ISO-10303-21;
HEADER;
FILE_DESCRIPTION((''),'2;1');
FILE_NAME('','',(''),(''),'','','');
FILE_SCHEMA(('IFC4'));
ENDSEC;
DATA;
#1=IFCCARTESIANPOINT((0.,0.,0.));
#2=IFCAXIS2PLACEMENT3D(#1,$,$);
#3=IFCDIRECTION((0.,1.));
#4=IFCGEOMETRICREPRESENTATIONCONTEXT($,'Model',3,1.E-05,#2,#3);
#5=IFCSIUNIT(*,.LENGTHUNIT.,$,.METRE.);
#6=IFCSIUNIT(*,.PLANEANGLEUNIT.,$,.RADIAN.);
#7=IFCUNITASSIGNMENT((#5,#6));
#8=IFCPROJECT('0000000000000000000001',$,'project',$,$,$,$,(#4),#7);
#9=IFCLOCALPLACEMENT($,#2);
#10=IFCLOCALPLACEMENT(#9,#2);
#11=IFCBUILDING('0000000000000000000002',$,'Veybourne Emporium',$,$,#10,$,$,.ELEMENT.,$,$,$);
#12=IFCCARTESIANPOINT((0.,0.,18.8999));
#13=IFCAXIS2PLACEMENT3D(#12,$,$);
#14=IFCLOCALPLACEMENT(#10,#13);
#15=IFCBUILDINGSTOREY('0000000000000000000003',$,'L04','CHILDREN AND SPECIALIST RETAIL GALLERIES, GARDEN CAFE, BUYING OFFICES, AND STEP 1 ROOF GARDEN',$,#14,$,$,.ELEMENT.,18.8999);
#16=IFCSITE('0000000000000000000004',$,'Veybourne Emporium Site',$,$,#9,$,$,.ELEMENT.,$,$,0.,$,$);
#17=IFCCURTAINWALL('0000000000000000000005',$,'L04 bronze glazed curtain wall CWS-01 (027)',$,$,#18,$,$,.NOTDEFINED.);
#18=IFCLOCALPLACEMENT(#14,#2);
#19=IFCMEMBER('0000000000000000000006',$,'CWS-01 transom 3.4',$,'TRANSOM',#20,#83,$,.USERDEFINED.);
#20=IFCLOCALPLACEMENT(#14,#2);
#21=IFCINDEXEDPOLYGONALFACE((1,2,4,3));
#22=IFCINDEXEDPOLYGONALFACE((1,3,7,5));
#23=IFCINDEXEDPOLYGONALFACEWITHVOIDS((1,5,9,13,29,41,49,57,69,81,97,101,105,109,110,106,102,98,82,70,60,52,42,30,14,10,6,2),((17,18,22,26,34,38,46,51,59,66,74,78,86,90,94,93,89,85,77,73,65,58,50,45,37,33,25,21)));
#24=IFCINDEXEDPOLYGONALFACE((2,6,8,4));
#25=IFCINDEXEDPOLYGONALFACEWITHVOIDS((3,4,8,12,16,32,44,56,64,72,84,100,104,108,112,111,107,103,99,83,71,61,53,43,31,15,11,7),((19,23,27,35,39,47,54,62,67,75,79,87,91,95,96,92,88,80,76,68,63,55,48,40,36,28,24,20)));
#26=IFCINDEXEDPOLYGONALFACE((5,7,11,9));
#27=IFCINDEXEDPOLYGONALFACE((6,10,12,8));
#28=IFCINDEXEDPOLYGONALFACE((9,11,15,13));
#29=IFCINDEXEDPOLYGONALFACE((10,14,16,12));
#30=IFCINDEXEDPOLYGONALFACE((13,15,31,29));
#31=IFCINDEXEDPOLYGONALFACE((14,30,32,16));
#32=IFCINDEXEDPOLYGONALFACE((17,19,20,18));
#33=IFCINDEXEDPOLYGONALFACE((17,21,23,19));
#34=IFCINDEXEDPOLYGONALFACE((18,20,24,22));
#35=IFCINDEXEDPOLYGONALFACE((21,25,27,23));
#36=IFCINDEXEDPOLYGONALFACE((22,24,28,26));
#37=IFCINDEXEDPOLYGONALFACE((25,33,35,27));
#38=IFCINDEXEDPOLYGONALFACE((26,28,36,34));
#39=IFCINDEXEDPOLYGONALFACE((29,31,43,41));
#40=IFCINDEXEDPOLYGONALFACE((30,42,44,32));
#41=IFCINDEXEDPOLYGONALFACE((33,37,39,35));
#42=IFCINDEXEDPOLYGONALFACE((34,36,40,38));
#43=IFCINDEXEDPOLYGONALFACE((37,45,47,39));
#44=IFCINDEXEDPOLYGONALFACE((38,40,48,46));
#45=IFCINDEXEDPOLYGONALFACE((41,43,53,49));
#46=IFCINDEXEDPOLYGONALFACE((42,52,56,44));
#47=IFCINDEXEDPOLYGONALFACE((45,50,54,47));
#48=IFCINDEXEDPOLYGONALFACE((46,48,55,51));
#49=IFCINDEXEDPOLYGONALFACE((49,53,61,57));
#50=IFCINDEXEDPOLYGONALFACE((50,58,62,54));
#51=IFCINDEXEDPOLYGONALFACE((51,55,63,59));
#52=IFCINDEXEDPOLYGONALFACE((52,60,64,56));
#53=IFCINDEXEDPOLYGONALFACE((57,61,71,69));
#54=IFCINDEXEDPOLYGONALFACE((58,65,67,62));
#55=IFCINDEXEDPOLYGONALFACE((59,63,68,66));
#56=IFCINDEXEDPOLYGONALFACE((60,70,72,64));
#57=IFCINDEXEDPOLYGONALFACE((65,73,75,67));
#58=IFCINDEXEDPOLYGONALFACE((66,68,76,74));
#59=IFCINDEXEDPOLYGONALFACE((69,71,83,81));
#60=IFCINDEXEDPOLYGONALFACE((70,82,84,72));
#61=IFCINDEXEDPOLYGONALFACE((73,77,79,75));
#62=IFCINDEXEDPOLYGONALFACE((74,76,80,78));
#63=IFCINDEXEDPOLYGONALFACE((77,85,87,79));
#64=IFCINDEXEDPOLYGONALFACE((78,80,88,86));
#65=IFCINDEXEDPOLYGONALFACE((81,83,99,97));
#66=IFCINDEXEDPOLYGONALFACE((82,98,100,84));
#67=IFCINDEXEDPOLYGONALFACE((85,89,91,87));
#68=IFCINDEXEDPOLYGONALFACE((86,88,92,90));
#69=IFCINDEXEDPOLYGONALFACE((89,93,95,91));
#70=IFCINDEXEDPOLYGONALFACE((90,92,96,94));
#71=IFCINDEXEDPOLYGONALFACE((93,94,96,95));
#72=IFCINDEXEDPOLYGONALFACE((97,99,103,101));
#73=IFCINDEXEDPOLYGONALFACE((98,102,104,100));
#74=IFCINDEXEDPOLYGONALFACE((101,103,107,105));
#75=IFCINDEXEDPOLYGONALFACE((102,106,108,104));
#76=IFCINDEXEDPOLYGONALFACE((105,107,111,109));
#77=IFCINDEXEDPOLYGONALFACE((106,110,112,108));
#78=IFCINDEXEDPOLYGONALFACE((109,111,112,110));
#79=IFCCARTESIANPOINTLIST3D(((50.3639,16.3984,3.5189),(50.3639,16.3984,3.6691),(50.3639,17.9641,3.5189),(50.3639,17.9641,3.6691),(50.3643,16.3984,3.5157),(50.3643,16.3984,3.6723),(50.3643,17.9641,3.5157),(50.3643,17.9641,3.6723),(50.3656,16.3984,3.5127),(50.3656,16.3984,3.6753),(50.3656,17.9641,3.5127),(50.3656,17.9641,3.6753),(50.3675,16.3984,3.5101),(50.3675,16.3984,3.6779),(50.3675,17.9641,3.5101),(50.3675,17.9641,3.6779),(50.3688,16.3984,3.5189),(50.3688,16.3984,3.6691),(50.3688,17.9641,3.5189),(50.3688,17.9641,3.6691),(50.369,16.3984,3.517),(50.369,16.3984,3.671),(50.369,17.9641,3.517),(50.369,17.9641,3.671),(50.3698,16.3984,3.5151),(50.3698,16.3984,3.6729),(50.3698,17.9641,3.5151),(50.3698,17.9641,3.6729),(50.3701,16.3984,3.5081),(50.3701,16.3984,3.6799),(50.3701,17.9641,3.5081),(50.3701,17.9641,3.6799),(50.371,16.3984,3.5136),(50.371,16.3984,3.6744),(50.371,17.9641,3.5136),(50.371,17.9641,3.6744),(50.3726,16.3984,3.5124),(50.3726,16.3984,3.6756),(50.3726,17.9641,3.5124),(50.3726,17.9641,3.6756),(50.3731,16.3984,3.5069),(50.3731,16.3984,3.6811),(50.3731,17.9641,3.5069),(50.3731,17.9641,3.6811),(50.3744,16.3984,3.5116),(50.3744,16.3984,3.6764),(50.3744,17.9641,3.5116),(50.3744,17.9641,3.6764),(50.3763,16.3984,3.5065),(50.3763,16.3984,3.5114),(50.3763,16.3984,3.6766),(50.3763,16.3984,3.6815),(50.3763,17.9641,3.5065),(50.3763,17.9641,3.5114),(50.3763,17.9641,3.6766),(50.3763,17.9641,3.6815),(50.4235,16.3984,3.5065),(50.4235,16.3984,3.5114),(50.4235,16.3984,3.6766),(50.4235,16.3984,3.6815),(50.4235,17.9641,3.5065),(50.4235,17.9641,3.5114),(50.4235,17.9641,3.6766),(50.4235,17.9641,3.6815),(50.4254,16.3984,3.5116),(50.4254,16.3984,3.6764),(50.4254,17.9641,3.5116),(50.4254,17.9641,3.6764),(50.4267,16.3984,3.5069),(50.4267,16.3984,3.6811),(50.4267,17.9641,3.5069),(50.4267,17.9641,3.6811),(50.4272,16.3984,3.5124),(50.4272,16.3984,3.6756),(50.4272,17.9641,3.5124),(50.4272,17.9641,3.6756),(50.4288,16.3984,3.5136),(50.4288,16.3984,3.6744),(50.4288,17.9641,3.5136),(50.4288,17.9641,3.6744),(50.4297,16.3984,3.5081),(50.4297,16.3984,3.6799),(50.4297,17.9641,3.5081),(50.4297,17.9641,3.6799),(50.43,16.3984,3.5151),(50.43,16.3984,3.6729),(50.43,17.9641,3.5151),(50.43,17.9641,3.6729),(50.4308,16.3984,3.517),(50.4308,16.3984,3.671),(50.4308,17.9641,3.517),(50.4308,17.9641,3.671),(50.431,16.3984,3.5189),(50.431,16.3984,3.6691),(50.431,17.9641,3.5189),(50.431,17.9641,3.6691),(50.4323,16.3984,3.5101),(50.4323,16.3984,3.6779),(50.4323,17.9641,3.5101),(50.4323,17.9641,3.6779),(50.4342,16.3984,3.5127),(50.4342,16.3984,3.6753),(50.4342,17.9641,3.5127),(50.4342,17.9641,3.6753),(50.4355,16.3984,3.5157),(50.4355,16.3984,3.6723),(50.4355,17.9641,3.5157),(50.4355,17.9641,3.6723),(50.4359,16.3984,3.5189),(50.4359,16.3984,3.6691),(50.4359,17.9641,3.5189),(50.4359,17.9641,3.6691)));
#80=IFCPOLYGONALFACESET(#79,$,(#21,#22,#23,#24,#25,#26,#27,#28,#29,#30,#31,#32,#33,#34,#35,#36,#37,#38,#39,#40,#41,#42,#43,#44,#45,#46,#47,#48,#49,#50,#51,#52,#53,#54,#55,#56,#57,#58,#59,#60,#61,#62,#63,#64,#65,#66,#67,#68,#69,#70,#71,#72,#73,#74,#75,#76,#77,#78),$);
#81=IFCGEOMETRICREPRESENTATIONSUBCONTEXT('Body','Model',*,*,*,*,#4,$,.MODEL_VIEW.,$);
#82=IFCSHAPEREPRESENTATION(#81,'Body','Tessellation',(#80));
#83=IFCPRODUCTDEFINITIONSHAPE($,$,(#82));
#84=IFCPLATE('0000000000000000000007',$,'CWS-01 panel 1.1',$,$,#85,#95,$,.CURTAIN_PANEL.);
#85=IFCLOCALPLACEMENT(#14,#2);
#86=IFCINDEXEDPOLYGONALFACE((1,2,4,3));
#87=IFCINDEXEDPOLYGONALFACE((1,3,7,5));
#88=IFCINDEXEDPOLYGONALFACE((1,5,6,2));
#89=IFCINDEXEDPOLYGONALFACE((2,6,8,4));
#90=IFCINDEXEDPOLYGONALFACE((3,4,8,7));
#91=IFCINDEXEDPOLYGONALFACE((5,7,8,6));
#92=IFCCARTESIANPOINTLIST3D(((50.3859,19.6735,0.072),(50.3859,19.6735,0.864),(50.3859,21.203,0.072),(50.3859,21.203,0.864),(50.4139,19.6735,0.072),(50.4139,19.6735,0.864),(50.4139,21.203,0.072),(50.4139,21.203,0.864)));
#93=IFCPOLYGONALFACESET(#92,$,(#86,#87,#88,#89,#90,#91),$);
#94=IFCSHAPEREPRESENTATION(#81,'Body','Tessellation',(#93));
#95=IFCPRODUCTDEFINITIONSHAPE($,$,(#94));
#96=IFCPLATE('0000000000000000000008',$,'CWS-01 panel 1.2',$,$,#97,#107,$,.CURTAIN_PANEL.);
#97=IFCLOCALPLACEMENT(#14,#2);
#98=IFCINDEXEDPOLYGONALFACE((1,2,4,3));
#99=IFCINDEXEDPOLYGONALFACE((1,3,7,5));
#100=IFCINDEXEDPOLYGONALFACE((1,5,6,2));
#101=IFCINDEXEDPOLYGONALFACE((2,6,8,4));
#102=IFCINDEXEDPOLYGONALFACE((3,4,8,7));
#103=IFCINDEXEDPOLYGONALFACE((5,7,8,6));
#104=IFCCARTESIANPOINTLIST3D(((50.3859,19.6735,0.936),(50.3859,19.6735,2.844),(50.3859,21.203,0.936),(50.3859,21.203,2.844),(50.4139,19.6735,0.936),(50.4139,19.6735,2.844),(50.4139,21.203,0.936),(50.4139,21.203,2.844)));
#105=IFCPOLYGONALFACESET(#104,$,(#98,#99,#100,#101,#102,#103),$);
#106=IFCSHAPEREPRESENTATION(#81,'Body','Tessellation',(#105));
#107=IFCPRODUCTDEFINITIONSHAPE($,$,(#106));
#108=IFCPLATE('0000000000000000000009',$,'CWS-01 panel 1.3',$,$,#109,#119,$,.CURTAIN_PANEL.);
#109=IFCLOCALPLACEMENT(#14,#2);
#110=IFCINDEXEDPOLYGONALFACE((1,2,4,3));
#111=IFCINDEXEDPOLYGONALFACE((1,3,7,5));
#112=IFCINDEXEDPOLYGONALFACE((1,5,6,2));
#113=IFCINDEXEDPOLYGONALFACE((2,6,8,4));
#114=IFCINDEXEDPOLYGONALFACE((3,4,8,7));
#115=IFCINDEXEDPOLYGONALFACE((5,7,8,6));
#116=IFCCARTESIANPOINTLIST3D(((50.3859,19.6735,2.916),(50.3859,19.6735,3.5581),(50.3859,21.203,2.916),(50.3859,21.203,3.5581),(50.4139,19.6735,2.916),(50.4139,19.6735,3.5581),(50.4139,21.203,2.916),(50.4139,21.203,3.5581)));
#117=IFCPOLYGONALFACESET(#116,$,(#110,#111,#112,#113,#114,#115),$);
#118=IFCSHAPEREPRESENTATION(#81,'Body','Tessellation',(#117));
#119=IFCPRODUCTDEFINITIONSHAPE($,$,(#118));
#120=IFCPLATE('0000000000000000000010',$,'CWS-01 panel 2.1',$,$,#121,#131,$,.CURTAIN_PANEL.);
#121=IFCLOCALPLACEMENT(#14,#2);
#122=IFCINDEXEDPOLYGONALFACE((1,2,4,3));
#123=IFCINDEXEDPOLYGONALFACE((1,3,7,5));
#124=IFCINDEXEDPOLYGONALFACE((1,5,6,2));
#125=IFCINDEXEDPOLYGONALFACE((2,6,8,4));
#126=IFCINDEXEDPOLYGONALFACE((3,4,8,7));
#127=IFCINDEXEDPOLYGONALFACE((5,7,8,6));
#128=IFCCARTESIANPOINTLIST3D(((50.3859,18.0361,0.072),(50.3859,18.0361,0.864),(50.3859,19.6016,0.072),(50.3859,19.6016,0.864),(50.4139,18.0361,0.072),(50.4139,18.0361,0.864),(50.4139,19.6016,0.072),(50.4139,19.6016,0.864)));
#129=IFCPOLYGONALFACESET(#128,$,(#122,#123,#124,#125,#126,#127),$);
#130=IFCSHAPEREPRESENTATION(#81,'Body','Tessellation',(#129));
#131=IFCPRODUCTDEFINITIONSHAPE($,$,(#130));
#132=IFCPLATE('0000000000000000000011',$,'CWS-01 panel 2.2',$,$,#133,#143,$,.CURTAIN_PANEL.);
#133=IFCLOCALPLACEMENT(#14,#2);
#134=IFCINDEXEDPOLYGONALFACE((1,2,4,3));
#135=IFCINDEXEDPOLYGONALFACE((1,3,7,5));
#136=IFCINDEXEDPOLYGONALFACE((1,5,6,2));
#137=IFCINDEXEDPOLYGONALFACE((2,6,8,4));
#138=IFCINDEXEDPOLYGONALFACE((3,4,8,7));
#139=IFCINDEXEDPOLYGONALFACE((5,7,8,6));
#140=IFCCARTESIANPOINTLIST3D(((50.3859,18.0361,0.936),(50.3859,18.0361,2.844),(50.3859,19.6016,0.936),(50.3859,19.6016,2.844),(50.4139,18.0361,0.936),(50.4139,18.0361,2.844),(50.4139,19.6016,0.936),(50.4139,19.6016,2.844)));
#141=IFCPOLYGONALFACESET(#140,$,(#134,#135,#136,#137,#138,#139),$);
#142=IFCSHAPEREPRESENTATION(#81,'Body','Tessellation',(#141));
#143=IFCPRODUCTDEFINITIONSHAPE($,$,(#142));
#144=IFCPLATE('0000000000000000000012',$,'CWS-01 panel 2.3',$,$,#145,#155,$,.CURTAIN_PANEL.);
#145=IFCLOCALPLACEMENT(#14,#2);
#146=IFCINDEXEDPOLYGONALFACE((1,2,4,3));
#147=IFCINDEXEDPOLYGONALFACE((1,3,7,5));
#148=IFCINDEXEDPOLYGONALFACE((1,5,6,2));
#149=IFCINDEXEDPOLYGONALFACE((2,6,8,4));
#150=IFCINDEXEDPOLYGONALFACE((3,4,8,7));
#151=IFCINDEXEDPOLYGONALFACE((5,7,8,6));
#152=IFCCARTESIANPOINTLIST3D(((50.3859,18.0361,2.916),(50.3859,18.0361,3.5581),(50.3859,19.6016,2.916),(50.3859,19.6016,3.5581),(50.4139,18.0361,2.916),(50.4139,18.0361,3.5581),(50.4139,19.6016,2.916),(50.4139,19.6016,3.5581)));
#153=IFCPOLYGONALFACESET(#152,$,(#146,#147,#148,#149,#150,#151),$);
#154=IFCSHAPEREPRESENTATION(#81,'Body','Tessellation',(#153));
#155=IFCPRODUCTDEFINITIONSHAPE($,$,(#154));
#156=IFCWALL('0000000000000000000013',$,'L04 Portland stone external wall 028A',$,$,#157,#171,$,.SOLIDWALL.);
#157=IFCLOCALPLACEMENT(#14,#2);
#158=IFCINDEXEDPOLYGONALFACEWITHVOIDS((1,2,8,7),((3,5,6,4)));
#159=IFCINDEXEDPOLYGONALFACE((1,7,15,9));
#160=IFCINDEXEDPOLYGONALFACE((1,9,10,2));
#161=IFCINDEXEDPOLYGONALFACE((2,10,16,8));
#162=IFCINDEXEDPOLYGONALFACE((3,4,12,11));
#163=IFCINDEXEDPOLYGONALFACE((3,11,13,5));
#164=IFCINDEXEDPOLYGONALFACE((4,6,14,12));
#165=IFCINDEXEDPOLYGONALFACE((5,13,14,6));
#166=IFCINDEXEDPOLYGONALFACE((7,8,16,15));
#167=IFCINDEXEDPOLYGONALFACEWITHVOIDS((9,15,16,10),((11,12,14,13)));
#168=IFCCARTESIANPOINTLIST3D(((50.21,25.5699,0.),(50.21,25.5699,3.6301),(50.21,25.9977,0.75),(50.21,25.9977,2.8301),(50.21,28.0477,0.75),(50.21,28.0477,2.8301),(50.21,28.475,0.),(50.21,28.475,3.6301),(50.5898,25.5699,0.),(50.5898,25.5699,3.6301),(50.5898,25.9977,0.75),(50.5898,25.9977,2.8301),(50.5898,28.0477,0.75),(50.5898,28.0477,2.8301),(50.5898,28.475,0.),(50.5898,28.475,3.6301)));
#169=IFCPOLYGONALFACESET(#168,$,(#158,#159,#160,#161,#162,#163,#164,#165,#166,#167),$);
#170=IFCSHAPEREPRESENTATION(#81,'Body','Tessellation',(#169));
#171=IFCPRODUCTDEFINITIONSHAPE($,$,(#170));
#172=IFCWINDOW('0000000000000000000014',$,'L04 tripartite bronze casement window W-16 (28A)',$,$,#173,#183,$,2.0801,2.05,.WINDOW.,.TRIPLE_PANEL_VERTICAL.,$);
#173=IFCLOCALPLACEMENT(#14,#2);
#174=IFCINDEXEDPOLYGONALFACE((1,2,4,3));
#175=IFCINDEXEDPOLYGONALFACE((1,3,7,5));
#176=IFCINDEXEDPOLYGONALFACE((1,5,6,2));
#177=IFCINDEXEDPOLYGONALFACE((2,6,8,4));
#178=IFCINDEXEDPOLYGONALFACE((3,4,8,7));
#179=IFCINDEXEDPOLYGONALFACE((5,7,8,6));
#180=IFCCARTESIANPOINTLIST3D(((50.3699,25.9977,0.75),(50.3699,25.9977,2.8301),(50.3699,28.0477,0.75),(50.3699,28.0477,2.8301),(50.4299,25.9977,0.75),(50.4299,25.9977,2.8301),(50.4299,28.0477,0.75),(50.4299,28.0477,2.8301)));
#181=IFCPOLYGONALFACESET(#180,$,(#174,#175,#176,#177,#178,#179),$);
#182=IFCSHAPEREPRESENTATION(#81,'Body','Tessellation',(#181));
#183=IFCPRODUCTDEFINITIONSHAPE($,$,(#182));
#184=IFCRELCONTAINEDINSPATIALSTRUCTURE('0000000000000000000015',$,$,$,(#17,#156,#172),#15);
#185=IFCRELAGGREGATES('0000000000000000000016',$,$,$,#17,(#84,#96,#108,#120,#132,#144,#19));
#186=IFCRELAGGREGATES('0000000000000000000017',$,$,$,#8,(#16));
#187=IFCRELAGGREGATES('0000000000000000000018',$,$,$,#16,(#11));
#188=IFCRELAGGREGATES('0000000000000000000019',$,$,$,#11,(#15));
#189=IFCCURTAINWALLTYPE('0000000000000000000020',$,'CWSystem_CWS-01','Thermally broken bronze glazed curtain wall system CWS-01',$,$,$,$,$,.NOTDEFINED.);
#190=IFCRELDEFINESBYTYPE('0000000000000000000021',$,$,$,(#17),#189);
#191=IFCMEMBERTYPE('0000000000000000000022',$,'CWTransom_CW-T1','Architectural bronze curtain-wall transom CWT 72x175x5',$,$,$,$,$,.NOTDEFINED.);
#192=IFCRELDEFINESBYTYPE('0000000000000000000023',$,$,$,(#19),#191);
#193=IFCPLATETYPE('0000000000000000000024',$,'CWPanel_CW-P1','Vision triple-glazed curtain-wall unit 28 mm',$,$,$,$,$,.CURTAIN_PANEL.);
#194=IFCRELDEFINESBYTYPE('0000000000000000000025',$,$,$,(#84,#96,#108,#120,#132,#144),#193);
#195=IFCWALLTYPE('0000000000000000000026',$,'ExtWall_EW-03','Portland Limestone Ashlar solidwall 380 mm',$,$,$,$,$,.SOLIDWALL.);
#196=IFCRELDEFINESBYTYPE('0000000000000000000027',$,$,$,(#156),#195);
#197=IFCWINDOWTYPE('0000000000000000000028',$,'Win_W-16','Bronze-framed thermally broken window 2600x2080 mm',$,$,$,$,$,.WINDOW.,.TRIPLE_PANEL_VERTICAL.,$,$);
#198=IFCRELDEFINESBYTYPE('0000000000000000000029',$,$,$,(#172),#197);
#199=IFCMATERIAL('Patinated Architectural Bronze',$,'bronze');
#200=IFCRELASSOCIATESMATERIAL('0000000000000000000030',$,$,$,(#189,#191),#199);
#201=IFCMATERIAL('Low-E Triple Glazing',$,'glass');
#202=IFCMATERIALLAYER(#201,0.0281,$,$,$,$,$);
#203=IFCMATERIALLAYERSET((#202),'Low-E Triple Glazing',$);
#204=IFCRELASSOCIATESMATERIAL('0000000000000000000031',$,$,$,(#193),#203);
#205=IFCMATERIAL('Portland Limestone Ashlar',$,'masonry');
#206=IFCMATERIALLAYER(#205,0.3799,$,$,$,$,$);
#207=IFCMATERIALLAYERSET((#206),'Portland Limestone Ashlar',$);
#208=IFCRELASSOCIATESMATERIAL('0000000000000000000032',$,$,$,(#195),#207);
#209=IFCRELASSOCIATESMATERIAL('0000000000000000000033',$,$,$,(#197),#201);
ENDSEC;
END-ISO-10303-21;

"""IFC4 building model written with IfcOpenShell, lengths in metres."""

from ifc_helpers import new_model, si_unit, direction, frame, frame_2d, origin, origin_2d, place, context, subcontext, project, spatial, rectangle, hollow_rectangle, extrude, material, layer, layer_set, material_profile, profile_set, type_object, element, fill, aggregate, save


model = new_model("IFC4")

# Units and contexts
model_context = context("Model", 3, precision=1e-05, world=origin(), true_north=direction((0.0, 1.0)))
body_context = subcontext(model_context, "Body", "Model", "MODEL_VIEW")
ifc_project = project(units=[si_unit("LENGTHUNIT", "METRE"), si_unit("PLANEANGLEUNIT", "RADIAN")], contexts=[model_context])

# Site, building, storey
site_placement = place(None, origin())
site = spatial("IfcSite", under=ifc_project, at=site_placement, Name="Veybourne Emporium Site", CompositionType="ELEMENT", RefElevation=0.0)
building_placement = place(site_placement, origin())
building = spatial("IfcBuilding", under=site, at=building_placement, Name="Veybourne Emporium", CompositionType="ELEMENT")
storey_placement = place(building_placement, frame((0.0, 0.0, 18.8999)))
storey = spatial("IfcBuildingStorey", under=building, at=storey_placement, Name="L04", Description="CHILDREN AND SPECIALIST RETAIL GALLERIES, GARDEN CAFE, BUYING OFFICES, AND STEP 1 ROOF GARDEN", CompositionType="ELEMENT", Elevation=18.8999)

# Curtain wall, member, plates
ifc_material_1 = material(Name="Patinated Architectural Bronze", Category="bronze")
curtain_wall_type = type_object("IfcCurtainWallType", Name="CWSystem_CWS-01", Description="Thermally broken bronze glazed curtain wall system CWS-01", PredefinedType="NOTDEFINED", material=ifc_material_1)
curtain_wall_placement = place(storey_placement, origin())
curtain_wall = element("IfcCurtainWall", 1, at=curtain_wall_placement, inside=storey, type_object=curtain_wall_type, Name="L04 bronze glazed curtain wall CWS-01 (027)", PredefinedType="NOTDEFINED")
ifc_material_profile = material_profile(ifc_material_1, hollow_rectangle(XDim=0.072, YDim=0.175, WallThickness=0.0049, InnerFilletRadius=0.0076, OuterFilletRadius=0.0125, at=origin_2d()), Name="CWT 72x175x5")
ifc_profile_set = profile_set([ifc_material_profile], Name="Patinated Architectural Bronze")
member_type = type_object("IfcMemberType", Name="CWTransom_CW-T1", Description="Architectural bronze curtain-wall transom CWT 72x175x5", PredefinedType="NOTDEFINED", material=ifc_profile_set)
member_1_placement = place(storey_placement, frame((50.3999, 17.9641, 3.594), z_axis=(0.0, -1.0, 0.0), x_axis=(1.0, 0.0, 0.0)))
member_1 = element("IfcMember", 2, at=member_1_placement, type_object=member_type, Name="CWS-01 transom 3.4", ObjectType="TRANSOM", PredefinedType="USERDEFINED", context=body_context, shape_type="SweptSolid", body=[
    extrude(hollow_rectangle(XDim=0.072, YDim=0.175, WallThickness=0.0049, InnerFilletRadius=0.0076, OuterFilletRadius=0.0125, at=origin_2d()), origin(), (0.0, 0.0, 1.0), 1.5657),
])
ifc_material_2 = material(Name="Low-E Triple Glazing", Category="glass")
ifc_layer_1 = layer(ifc_material_2, 0.0281)
ifc_layer_set_1 = layer_set([ifc_layer_1], Name="Low-E Triple Glazing")
plate_type = type_object("IfcPlateType", Name="CWPanel_CW-P1", Description="Vision triple-glazed curtain-wall unit 28 mm", PredefinedType="CURTAIN_PANEL", material=ifc_layer_set_1)
plate_1_placement = place(storey_placement, frame((50.3999, 20.4382, 0.072), z_axis=(0.0, 0.0, 1.0), x_axis=(0.0, -1.0, 0.0)))
plate_1 = element("IfcPlate", 3, at=plate_1_placement, type_object=plate_type, Name="CWS-01 panel 1.1", PredefinedType="CURTAIN_PANEL", context=body_context, shape_type="SweptSolid", body=[
    extrude(rectangle(XDim=1.5295, YDim=0.0281, at=origin_2d()), origin(), (0.0, 0.0, 1.0), 0.792),
])
plate_2_placement = place(storey_placement, frame((50.3999, 20.4382, 0.936), z_axis=(0.0, 0.0, 1.0), x_axis=(0.0, -1.0, 0.0)))
plate_2 = element("IfcPlate", 4, at=plate_2_placement, type_object=plate_type, Name="CWS-01 panel 1.2", PredefinedType="CURTAIN_PANEL", context=body_context, shape_type="SweptSolid", body=[
    extrude(rectangle(XDim=1.5295, YDim=0.0281, at=origin_2d()), origin(), (0.0, 0.0, 1.0), 1.908),
])
plate_3_placement = place(storey_placement, frame((50.3999, 20.4382, 2.916), z_axis=(0.0, 0.0, 1.0), x_axis=(0.0, -1.0, 0.0)))
plate_3 = element("IfcPlate", 5, at=plate_3_placement, type_object=plate_type, Name="CWS-01 panel 1.3", PredefinedType="CURTAIN_PANEL", context=body_context, shape_type="SweptSolid", body=[
    extrude(rectangle(XDim=1.5295, YDim=0.0281, at=origin_2d()), origin(), (0.0, 0.0, 1.0), 0.6421),
])
plate_4_placement = place(storey_placement, frame((50.3999, 18.8188, 0.072), z_axis=(0.0, 0.0, 1.0), x_axis=(0.0, -1.0, 0.0)))
plate_4 = element("IfcPlate", 6, at=plate_4_placement, type_object=plate_type, Name="CWS-01 panel 2.1", PredefinedType="CURTAIN_PANEL", context=body_context, shape_type="SweptSolid", body=[
    extrude(rectangle(XDim=1.5654, YDim=0.0281, at=origin_2d()), origin(), (0.0, 0.0, 1.0), 0.792),
])
plate_5_placement = place(storey_placement, frame((50.3999, 18.8188, 0.936), z_axis=(0.0, 0.0, 1.0), x_axis=(0.0, -1.0, 0.0)))
plate_5 = element("IfcPlate", 7, at=plate_5_placement, type_object=plate_type, Name="CWS-01 panel 2.2", PredefinedType="CURTAIN_PANEL", context=body_context, shape_type="SweptSolid", body=[
    extrude(rectangle(XDim=1.5654, YDim=0.0281, at=origin_2d()), origin(), (0.0, 0.0, 1.0), 1.908),
])
plate_6_placement = place(storey_placement, frame((50.3999, 18.8188, 2.916), z_axis=(0.0, 0.0, 1.0), x_axis=(0.0, -1.0, 0.0)))
plate_6 = element("IfcPlate", 8, at=plate_6_placement, type_object=plate_type, Name="CWS-01 panel 2.3", PredefinedType="CURTAIN_PANEL", context=body_context, shape_type="SweptSolid", body=[
    extrude(rectangle(XDim=1.5654, YDim=0.0281, at=origin_2d()), origin(), (0.0, 0.0, 1.0), 0.6421),
])
aggregate(curtain_wall, [plate_1, plate_2, plate_3, plate_4, plate_5, plate_6, member_1])

# Wall, opening, window
ifc_material_3 = material(Name="Portland Limestone Ashlar", Category="masonry")
ifc_layer_2 = layer(ifc_material_3, 0.3799)
ifc_layer_set_2 = layer_set([ifc_layer_2], Name="Portland Limestone Ashlar")
wall_type = type_object("IfcWallType", Name="ExtWall_EW-03", Description="Portland Limestone Ashlar solidwall 380 mm", PredefinedType="SOLIDWALL", material=ifc_layer_set_2)
wall_1_placement = place(storey_placement, frame((50.3999, 28.4751, 0.0), z_axis=(0.0, 0.0, 1.0), x_axis=(0.0, -1.0, 0.0)))
wall_1 = element("IfcWall", 9, at=wall_1_placement, inside=storey, type_object=wall_type, Name="L04 Portland stone external wall 028A", PredefinedType="SOLIDWALL", context=body_context, shape_type="SweptSolid", body=[
    extrude(rectangle(XDim=2.905, YDim=0.3799, at=frame_2d((1.4526, 0.0))), origin(), (0.0, 0.0, 1.0), 3.6301),
])
opening_1_placement = place(wall_1_placement, frame((0.4275, 0.0, 0.75)))
opening_1 = element("IfcOpeningElement", 10, at=opening_1_placement, cuts=wall_1, PredefinedType="OPENING", context=body_context, shape_type="SweptSolid", body=[
    extrude(rectangle(XDim=2.05, YDim=2.0801, at=frame_2d((1.0249, 1.04))), frame((0.0, 0.21, 0.0), z_axis=(0.0, -1.0, 0.0), x_axis=(1.0, 0.0, 0.0)), (0.0, 0.0, 1.0), 0.4199),
])
window_type_1 = type_object("IfcWindowType", Name="Win_W-16", Description="Bronze-framed thermally broken window 2600x2080 mm", PartitioningType="TRIPLE_PANEL_VERTICAL", PredefinedType="WINDOW", material=ifc_material_2)
window_1_placement = place(opening_1_placement, origin())
window_1 = element("IfcWindow", 11, at=window_1_placement, inside=storey, type_object=window_type_1, Name="L04 tripartite bronze casement window W-16 (28A)", OverallHeight=2.0801, OverallWidth=2.05, PartitioningType="TRIPLE_PANEL_VERTICAL", PredefinedType="WINDOW", context=body_context, shape_type="SweptSolid", body=[
    extrude(rectangle(XDim=2.05, YDim=2.0801, at=frame_2d((1.0249, 1.04))), frame((0.0, 0.03, 0.0), z_axis=(0.0, -1.0, 0.0), x_axis=(1.0, 0.0, 0.0)), (0.0, 0.0, 1.0), 0.0601),
])
fill(opening_1, window_1)

save(model, "model.ifc")
